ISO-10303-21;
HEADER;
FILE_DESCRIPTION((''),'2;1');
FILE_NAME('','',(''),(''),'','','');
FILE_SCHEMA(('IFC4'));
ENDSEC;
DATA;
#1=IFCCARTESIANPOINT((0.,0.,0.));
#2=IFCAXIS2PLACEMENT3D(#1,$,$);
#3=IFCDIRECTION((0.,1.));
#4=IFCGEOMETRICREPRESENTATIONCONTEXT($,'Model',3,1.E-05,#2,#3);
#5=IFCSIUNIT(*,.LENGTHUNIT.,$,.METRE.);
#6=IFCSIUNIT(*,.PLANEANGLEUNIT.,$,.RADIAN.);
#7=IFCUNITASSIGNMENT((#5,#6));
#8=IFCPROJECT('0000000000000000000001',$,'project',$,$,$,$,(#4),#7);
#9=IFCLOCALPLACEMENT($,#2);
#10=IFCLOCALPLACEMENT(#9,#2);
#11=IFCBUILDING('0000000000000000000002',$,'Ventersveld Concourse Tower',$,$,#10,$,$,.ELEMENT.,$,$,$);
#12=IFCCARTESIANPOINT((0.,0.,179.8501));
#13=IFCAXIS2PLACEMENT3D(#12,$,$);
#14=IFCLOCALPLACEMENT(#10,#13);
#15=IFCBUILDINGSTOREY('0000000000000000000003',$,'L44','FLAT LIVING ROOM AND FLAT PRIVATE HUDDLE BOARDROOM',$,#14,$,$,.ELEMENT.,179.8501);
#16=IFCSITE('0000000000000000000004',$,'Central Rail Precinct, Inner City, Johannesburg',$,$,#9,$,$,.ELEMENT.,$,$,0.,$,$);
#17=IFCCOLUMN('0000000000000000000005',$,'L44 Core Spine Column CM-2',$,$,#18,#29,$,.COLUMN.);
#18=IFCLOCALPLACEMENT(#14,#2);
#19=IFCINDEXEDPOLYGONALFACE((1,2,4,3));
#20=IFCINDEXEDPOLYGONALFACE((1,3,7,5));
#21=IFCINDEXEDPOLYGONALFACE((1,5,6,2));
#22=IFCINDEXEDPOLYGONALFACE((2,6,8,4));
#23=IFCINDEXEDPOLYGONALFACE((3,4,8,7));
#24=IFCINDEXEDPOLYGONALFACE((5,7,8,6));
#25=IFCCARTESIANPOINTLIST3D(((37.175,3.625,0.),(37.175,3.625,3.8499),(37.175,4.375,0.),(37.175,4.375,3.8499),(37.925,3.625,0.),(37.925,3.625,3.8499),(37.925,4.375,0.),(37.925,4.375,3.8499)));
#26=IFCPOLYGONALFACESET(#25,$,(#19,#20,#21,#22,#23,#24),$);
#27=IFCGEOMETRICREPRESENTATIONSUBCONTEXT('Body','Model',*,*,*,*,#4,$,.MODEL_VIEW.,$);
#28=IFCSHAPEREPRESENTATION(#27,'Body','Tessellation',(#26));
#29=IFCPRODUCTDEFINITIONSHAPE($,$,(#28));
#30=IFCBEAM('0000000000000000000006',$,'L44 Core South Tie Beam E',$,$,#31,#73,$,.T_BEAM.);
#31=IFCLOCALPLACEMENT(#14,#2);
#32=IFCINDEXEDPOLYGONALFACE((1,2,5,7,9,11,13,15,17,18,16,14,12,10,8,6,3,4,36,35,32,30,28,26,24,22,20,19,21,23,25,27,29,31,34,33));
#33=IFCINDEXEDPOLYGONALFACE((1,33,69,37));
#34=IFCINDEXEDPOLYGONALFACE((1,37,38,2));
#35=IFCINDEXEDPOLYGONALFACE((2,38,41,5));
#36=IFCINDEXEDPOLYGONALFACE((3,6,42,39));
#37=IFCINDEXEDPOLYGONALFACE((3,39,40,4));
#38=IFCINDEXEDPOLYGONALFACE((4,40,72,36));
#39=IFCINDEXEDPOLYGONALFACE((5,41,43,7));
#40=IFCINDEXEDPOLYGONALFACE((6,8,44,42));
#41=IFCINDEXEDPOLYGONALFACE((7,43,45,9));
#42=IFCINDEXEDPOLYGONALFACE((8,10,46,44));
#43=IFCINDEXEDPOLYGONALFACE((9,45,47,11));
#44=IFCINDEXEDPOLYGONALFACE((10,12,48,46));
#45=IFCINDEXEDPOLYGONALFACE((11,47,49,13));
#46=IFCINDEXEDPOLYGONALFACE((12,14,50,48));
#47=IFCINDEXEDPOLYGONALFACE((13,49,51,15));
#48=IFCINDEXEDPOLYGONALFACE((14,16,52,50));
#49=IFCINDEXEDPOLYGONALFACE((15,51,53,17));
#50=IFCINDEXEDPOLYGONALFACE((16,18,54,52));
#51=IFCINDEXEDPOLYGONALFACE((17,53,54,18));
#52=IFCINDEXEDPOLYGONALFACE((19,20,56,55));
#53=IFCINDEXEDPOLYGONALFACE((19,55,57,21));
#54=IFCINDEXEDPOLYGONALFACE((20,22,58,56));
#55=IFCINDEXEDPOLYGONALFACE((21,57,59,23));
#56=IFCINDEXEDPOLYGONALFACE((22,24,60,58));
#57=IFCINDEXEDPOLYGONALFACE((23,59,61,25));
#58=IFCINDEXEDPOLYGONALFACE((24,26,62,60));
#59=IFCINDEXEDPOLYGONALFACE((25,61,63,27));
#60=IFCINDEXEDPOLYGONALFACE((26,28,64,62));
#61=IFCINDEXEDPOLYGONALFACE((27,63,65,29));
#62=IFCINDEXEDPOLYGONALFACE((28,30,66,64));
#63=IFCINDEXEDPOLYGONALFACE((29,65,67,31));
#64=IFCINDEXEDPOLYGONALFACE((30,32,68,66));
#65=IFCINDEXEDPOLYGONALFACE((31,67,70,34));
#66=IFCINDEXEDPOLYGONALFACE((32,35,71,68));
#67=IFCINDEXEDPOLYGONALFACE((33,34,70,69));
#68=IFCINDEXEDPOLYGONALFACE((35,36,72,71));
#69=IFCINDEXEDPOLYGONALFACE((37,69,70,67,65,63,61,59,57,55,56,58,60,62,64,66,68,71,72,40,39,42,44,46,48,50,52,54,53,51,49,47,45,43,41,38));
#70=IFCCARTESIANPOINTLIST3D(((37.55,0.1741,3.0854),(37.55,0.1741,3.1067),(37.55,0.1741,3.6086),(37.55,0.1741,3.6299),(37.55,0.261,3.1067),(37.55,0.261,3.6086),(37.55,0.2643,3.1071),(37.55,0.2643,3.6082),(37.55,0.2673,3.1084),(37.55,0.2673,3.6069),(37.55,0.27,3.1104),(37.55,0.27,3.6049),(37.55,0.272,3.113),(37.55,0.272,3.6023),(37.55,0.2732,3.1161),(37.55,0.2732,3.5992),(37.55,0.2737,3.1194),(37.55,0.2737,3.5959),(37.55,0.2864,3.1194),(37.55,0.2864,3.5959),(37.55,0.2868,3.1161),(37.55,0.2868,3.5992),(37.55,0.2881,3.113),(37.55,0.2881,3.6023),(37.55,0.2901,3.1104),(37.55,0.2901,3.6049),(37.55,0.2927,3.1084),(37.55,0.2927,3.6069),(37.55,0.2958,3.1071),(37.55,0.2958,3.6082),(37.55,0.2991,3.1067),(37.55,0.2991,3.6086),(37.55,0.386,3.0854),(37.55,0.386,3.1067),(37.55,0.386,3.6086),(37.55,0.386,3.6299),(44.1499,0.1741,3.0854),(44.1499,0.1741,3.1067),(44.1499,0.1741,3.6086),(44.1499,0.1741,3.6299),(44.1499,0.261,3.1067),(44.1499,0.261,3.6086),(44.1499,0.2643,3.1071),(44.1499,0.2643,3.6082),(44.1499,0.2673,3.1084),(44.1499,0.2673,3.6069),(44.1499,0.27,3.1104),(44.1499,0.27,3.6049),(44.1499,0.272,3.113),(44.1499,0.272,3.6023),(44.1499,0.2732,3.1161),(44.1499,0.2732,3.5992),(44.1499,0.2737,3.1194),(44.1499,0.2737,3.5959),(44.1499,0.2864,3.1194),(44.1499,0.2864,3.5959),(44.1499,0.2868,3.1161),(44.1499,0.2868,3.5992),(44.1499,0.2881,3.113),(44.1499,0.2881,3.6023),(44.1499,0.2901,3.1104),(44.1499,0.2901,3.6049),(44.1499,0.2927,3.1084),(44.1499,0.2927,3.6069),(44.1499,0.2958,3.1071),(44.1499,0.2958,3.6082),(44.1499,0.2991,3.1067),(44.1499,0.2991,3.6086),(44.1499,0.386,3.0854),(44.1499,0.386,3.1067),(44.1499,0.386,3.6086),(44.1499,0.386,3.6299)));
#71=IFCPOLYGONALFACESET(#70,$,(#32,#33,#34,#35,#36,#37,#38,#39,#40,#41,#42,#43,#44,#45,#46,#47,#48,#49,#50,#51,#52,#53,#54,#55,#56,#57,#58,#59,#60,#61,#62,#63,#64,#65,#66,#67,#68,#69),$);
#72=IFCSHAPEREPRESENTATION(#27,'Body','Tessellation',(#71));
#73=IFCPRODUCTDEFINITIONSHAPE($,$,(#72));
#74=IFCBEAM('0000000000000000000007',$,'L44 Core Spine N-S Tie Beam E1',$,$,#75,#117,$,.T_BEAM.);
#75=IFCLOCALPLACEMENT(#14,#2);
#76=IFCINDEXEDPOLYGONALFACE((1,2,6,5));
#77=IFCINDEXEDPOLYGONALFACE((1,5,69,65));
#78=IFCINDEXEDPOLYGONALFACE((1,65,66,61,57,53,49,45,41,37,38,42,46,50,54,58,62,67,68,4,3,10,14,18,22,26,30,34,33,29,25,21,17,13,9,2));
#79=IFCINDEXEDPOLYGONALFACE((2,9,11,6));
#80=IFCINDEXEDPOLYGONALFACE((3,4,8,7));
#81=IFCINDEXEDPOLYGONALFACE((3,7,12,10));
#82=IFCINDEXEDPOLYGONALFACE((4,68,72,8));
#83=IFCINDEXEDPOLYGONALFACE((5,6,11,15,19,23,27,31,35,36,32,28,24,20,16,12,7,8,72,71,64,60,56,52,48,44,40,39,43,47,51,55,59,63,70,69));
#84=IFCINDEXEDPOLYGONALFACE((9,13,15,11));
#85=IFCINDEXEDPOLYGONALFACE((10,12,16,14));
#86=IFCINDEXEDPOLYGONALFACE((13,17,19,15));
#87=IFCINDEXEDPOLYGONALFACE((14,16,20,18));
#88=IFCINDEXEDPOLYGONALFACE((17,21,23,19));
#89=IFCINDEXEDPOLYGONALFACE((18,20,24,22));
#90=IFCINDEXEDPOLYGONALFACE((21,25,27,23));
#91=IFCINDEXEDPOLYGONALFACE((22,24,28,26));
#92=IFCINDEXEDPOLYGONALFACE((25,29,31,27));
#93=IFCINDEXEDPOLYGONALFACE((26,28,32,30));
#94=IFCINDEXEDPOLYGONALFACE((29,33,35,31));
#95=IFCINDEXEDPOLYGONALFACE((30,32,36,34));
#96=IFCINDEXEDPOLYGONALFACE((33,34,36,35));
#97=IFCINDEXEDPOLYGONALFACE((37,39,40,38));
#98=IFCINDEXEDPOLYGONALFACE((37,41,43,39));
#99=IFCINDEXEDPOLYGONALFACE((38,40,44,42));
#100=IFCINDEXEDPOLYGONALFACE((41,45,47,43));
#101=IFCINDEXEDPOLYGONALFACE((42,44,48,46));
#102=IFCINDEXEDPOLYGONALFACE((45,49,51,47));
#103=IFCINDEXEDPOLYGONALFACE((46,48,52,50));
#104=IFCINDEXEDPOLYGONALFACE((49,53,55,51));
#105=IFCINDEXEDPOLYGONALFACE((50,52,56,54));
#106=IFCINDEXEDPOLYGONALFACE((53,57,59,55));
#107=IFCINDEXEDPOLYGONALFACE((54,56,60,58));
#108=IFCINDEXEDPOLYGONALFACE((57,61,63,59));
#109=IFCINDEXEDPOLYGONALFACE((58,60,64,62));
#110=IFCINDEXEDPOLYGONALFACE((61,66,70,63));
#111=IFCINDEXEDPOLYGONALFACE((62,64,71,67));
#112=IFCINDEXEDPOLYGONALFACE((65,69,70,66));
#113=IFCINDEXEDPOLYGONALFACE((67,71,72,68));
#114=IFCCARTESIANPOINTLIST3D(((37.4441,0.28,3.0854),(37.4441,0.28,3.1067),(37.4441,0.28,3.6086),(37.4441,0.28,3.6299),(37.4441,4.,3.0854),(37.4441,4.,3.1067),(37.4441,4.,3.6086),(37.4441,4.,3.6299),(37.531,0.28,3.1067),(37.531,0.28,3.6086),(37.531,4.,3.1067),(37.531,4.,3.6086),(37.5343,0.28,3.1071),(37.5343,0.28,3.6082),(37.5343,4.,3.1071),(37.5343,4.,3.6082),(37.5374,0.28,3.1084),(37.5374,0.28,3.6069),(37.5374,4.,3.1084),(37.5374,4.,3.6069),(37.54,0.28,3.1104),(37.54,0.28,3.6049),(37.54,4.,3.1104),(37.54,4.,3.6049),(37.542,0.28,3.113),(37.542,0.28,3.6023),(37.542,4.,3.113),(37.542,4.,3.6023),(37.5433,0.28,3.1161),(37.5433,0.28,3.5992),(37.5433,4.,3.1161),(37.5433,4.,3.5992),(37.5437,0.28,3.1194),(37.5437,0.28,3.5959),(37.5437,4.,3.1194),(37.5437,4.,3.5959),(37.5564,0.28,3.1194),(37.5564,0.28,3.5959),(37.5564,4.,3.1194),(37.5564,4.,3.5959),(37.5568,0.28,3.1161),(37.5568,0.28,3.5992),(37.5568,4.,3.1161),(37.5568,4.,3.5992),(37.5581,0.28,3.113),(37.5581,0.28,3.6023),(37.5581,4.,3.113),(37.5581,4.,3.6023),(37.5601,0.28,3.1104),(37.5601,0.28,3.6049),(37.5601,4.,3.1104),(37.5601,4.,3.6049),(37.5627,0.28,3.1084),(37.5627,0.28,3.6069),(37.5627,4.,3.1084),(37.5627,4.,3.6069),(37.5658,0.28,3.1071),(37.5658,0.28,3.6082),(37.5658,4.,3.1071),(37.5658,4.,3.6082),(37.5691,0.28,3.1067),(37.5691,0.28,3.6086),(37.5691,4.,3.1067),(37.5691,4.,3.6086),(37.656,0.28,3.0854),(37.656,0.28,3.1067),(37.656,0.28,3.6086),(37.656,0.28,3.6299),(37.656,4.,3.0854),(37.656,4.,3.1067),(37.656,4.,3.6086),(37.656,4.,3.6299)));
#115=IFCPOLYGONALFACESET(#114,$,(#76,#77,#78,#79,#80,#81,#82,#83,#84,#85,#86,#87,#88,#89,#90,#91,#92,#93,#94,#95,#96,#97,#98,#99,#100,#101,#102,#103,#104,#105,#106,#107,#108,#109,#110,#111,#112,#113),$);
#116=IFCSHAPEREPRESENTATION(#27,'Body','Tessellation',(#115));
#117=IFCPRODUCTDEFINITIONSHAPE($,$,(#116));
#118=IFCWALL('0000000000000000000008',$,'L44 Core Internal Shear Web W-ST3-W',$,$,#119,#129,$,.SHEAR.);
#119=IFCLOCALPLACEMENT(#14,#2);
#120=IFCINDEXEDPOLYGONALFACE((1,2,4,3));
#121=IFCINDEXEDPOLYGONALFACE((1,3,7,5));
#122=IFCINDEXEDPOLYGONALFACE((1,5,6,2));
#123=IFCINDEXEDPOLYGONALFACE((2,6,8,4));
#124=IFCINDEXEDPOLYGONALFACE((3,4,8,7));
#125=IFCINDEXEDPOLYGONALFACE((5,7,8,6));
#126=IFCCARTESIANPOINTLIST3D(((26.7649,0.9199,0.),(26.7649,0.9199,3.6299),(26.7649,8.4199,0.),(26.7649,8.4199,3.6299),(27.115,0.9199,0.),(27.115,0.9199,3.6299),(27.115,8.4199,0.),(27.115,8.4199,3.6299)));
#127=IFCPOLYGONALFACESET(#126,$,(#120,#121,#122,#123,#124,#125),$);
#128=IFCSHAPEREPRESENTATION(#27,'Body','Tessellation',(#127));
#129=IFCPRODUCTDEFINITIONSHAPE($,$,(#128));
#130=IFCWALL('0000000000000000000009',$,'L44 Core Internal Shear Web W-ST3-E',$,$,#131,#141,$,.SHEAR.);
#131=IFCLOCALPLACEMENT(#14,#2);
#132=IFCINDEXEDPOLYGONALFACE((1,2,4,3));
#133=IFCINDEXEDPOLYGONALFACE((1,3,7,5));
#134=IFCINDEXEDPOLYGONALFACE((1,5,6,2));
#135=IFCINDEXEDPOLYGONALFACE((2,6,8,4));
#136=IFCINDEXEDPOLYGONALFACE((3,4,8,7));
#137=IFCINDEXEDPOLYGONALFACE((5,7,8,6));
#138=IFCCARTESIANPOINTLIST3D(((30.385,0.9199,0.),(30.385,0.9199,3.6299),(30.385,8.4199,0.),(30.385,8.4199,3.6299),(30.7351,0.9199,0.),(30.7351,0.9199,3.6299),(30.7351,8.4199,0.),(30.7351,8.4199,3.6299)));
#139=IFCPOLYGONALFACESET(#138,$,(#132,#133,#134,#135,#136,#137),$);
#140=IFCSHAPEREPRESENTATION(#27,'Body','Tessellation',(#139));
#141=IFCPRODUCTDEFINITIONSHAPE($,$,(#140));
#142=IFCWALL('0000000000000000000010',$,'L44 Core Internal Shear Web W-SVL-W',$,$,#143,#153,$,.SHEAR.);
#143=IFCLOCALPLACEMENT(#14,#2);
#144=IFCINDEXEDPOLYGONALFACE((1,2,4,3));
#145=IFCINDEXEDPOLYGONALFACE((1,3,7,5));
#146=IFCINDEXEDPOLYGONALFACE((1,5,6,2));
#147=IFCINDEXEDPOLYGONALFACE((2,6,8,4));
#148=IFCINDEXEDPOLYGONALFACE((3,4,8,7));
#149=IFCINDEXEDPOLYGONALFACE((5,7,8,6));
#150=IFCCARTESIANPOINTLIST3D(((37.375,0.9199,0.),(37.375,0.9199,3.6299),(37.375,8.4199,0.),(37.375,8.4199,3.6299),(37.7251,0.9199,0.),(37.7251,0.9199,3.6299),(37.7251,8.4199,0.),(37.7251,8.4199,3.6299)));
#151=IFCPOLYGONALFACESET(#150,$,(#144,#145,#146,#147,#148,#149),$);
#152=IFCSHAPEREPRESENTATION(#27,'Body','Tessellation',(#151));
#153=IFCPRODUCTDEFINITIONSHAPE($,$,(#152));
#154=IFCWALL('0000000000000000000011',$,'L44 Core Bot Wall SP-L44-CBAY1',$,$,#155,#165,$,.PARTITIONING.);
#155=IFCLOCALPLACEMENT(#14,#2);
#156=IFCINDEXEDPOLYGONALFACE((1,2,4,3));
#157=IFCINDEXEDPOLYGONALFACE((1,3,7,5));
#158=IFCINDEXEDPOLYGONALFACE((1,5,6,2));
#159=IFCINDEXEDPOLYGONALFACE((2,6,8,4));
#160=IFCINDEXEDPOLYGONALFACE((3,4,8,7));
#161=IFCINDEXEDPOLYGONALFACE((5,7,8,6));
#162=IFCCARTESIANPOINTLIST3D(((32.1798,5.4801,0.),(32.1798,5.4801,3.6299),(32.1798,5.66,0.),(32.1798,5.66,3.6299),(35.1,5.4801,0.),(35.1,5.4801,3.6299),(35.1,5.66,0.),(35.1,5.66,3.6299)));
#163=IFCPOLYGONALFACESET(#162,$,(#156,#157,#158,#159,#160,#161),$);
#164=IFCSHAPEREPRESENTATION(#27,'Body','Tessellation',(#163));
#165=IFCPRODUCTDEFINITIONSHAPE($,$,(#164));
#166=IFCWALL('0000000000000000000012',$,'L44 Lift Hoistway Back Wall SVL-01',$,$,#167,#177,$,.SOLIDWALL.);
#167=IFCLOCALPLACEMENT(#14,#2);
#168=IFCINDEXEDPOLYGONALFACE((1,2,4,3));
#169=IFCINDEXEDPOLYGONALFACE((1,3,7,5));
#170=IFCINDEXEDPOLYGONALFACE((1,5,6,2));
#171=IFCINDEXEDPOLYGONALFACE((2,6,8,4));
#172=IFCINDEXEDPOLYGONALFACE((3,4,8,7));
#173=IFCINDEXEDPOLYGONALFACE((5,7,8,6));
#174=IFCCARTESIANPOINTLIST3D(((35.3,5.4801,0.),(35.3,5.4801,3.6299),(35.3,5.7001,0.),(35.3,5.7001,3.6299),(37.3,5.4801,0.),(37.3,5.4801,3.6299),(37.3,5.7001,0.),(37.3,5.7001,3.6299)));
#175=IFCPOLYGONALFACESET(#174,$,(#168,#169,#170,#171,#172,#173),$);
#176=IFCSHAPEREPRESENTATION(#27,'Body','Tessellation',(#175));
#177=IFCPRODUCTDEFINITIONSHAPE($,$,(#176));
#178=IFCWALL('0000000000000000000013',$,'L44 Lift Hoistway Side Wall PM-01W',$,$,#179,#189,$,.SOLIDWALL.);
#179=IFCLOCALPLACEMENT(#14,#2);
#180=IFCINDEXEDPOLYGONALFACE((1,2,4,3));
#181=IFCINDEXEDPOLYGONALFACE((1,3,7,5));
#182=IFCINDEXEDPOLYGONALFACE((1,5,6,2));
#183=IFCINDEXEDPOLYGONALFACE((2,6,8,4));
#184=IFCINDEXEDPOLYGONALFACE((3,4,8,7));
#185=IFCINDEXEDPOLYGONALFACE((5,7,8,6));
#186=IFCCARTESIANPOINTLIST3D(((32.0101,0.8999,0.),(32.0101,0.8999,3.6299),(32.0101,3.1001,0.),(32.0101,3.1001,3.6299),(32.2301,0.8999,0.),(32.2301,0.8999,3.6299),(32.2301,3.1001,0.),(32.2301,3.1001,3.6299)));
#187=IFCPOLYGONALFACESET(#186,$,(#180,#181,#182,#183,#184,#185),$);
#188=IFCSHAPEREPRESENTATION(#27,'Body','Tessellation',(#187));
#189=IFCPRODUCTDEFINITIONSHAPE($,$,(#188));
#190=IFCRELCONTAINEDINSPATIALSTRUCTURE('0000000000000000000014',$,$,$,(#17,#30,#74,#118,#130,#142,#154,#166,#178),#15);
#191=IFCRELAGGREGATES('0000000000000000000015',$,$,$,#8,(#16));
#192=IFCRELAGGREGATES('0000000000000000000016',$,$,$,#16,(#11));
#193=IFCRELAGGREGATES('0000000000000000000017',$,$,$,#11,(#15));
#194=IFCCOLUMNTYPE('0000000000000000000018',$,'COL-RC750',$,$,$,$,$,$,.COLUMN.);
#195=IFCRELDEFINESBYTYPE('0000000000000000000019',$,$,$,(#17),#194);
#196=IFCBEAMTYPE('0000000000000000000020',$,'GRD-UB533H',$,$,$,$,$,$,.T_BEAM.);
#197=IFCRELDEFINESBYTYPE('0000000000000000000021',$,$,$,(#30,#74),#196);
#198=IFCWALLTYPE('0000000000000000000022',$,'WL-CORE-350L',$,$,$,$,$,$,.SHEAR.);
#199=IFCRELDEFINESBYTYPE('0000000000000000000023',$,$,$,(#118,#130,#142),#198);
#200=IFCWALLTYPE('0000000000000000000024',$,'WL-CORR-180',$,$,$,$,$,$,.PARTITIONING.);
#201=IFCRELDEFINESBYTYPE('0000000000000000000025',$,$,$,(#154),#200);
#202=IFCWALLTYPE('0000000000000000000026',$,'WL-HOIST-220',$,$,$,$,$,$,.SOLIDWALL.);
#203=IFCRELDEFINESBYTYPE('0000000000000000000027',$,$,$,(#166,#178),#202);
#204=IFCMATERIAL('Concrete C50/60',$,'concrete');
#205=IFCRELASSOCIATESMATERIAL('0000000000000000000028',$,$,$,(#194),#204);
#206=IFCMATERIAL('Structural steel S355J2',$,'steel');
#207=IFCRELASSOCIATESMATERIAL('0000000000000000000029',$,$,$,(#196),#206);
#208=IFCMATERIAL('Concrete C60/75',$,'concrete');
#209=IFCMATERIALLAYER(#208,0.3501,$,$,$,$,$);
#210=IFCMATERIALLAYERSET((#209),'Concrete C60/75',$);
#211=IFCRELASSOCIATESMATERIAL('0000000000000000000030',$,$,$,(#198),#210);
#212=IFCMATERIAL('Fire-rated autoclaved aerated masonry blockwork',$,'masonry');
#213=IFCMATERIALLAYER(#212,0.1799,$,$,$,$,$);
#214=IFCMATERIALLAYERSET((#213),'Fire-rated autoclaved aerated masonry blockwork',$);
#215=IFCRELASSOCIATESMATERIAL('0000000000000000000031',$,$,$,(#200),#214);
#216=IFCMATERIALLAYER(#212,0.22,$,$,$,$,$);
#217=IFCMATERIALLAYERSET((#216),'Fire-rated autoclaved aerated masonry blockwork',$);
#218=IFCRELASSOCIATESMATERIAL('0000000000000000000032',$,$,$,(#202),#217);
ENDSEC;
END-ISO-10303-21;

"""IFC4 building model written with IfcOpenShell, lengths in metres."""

from ifc_helpers import new_model, si_unit, direction, frame, frame_2d, origin, origin_2d, place, context, subcontext, project, spatial, rectangle, i_section, extrude, material, layer, layer_set, material_profile, profile_set, type_object, element, save


model = new_model("IFC4")

# Units and contexts
model_context = context("Model", 3, precision=1e-05, world=origin(), true_north=direction((0.0, 1.0)))
body_context = subcontext(model_context, "Body", "Model", "MODEL_VIEW")
ifc_project = project(units=[si_unit("LENGTHUNIT", "METRE"), si_unit("PLANEANGLEUNIT", "RADIAN")], contexts=[model_context])

# Site, building, storey
site_placement = place(None, origin())
site = spatial("IfcSite", under=ifc_project, at=site_placement, Name="Central Rail Precinct, Inner City, Johannesburg", CompositionType="ELEMENT", RefElevation=0.0)
building_placement = place(site_placement, origin())
building = spatial("IfcBuilding", under=site, at=building_placement, Name="Ventersveld Concourse Tower", CompositionType="ELEMENT")
storey_placement = place(building_placement, frame((0.0, 0.0, 179.8501)))
storey = spatial("IfcBuildingStorey", under=building, at=storey_placement, Name="L44", Description="FLAT LIVING ROOM AND FLAT PRIVATE HUDDLE BOARDROOM", CompositionType="ELEMENT", Elevation=179.8501)

# Column
ifc_material_1 = material(Name="Concrete C50/60", Category="concrete")
ifc_material_profile_1 = material_profile(ifc_material_1, rectangle(XDim=0.75, YDim=0.75, at=origin_2d()), Name="RC 750x750")
ifc_profile_set_1 = profile_set([ifc_material_profile_1], Name="Concrete C50/60")
column_type = type_object("IfcColumnType", Name="COL-RC750", PredefinedType="COLUMN", material=ifc_profile_set_1)
column_placement = place(storey_placement, frame((37.55, 4.0, 0.0), z_axis=(0.0, 0.0, 1.0), x_axis=(1.0, 0.0, 0.0)))
element("IfcColumn", 1, at=column_placement, inside=storey, type_object=column_type, Name="L44 Core Spine Column CM-2", PredefinedType="COLUMN", context=body_context, shape_type="SweptSolid", body=[
    extrude(rectangle(XDim=0.75, YDim=0.75, at=origin_2d()), origin(), (0.0, 0.0, 1.0), 3.8499),
])

# Beams
ifc_material_2 = material(Name="Structural steel S355J2", Category="steel")
ifc_material_profile_2 = material_profile(ifc_material_2, i_section(OverallWidth=0.2119, OverallDepth=0.5444, WebThickness=0.0127, FlangeThickness=0.0212, FilletRadius=0.0127, at=origin_2d()), Name="UB 533x210x122")
ifc_profile_set_2 = profile_set([ifc_material_profile_2], Name="Structural steel S355J2")
beam_type = type_object("IfcBeamType", Name="GRD-UB533H", PredefinedType="T_BEAM", material=ifc_profile_set_2)
beam_1_placement = place(storey_placement, frame((37.55, 0.28, 3.3577), z_axis=(1.0, 0.0, 0.0), x_axis=(0.0, 1.0, 0.0)))
element("IfcBeam", 2, at=beam_1_placement, inside=storey, type_object=beam_type, Name="L44 Core South Tie Beam E", PredefinedType="T_BEAM", context=body_context, shape_type="SweptSolid", body=[
    extrude(i_section(OverallWidth=0.2119, OverallDepth=0.5444, WebThickness=0.0127, FlangeThickness=0.0212, FilletRadius=0.0127, at=origin_2d()), origin(), (0.0, 0.0, 1.0), 6.5999),
])
beam_2_placement = place(storey_placement, frame((37.55, 0.28, 3.3577), z_axis=(0.0, 1.0, 0.0), x_axis=(-1.0, 0.0, 0.0)))
element("IfcBeam", 3, at=beam_2_placement, inside=storey, type_object=beam_type, Name="L44 Core Spine N-S Tie Beam E1", PredefinedType="T_BEAM", context=body_context, shape_type="SweptSolid", body=[
    extrude(i_section(OverallWidth=0.2119, OverallDepth=0.5444, WebThickness=0.0127, FlangeThickness=0.0212, FilletRadius=0.0127, at=origin_2d()), origin(), (0.0, 0.0, 1.0), 3.72),
])

# Walls
ifc_material_3 = material(Name="Concrete C60/75", Category="concrete")
ifc_layer_1 = layer(ifc_material_3, 0.3501)
ifc_layer_set_1 = layer_set([ifc_layer_1], Name="Concrete C60/75")
wall_type_1 = type_object("IfcWallType", Name="WL-CORE-350L", PredefinedType="SHEAR", material=ifc_layer_set_1)
for number, where, z_axis, x_axis, name in (
    (4, (26.9399, 0.9199, 0.0), (0.0, 0.0, 1.0), (0.0, 1.0, 0.0), "L44 Core Internal Shear Web W-ST3-W"),
    (5, (30.5601, 0.9199, 0.0), (0.0, 0.0, 1.0), (0.0, 1.0, 0.0), "L44 Core Internal Shear Web W-ST3-E"),
    (6, (37.55, 0.9199, 0.0), (0.0, 0.0, 1.0), (0.0, 1.0, 0.0), "L44 Core Internal Shear Web W-SVL-W"),
):
    element("IfcWall", number, at=place(storey_placement, frame(where, z_axis=z_axis, x_axis=x_axis)), inside=storey, type_object=wall_type_1, Name=name, PredefinedType="SHEAR", context=body_context, shape_type="SweptSolid", body=[
        extrude(rectangle(XDim=7.5, YDim=0.3501, at=frame_2d((3.75, 0.0))), origin(), (0.0, 0.0, 1.0), 3.6299),
    ])
ifc_material_4 = material(Name="Fire-rated autoclaved aerated masonry blockwork", Category="masonry")
ifc_layer_2 = layer(ifc_material_4, 0.1799)
ifc_layer_set_2 = layer_set([ifc_layer_2], Name="Fire-rated autoclaved aerated masonry blockwork")
wall_type_2 = type_object("IfcWallType", Name="WL-CORR-180", PredefinedType="PARTITIONING", material=ifc_layer_set_2)
wall_1_placement = place(storey_placement, frame((32.1799, 5.5701, 0.0), z_axis=(0.0, 0.0, 1.0), x_axis=(1.0, 0.0, 0.0)))
element("IfcWall", 7, at=wall_1_placement, inside=storey, type_object=wall_type_2, Name="L44 Core Bot Wall SP-L44-CBAY1", PredefinedType="PARTITIONING", context=body_context, shape_type="SweptSolid", body=[
    extrude(rectangle(XDim=2.9202, YDim=0.1799, at=frame_2d((1.46, 0.0))), origin(), (0.0, 0.0, 1.0), 3.6299),
])
ifc_layer_3 = layer(ifc_material_4, 0.22)
ifc_layer_set_3 = layer_set([ifc_layer_3], Name="Fire-rated autoclaved aerated masonry blockwork")
wall_type_3 = type_object("IfcWallType", Name="WL-HOIST-220", PredefinedType="SOLIDWALL", material=ifc_layer_set_3)
wall_2_placement = place(storey_placement, frame((35.3, 5.5901, 0.0), z_axis=(0.0, 0.0, 1.0), x_axis=(1.0, 0.0, 0.0)))
element("IfcWall", 8, at=wall_2_placement, inside=storey, type_object=wall_type_3, Name="L44 Lift Hoistway Back Wall SVL-01", PredefinedType="SOLIDWALL", context=body_context, shape_type="SweptSolid", body=[
    extrude(rectangle(XDim=2.0, YDim=0.22, at=frame_2d((1.0, 0.0))), origin(), (0.0, 0.0, 1.0), 3.6299),
])
for number, where, z_axis, x_axis, name in (
    (9, (32.1201, 0.8999, 0.0), (0.0, 0.0, 1.0), (0.0, 1.0, 0.0), "L44 Lift Hoistway Side Wall PM-01W"),
):
    element("IfcWall", number, at=place(storey_placement, frame(where, z_axis=z_axis, x_axis=x_axis)), inside=storey, type_object=wall_type_3, Name=name, PredefinedType="SOLIDWALL", context=body_context, shape_type="SweptSolid", body=[
        extrude(rectangle(XDim=2.2002, YDim=0.22, at=frame_2d((1.1001, 0.0))), origin(), (0.0, 0.0, 1.0), 3.6299),
    ])

save(model, "model.ifc")
